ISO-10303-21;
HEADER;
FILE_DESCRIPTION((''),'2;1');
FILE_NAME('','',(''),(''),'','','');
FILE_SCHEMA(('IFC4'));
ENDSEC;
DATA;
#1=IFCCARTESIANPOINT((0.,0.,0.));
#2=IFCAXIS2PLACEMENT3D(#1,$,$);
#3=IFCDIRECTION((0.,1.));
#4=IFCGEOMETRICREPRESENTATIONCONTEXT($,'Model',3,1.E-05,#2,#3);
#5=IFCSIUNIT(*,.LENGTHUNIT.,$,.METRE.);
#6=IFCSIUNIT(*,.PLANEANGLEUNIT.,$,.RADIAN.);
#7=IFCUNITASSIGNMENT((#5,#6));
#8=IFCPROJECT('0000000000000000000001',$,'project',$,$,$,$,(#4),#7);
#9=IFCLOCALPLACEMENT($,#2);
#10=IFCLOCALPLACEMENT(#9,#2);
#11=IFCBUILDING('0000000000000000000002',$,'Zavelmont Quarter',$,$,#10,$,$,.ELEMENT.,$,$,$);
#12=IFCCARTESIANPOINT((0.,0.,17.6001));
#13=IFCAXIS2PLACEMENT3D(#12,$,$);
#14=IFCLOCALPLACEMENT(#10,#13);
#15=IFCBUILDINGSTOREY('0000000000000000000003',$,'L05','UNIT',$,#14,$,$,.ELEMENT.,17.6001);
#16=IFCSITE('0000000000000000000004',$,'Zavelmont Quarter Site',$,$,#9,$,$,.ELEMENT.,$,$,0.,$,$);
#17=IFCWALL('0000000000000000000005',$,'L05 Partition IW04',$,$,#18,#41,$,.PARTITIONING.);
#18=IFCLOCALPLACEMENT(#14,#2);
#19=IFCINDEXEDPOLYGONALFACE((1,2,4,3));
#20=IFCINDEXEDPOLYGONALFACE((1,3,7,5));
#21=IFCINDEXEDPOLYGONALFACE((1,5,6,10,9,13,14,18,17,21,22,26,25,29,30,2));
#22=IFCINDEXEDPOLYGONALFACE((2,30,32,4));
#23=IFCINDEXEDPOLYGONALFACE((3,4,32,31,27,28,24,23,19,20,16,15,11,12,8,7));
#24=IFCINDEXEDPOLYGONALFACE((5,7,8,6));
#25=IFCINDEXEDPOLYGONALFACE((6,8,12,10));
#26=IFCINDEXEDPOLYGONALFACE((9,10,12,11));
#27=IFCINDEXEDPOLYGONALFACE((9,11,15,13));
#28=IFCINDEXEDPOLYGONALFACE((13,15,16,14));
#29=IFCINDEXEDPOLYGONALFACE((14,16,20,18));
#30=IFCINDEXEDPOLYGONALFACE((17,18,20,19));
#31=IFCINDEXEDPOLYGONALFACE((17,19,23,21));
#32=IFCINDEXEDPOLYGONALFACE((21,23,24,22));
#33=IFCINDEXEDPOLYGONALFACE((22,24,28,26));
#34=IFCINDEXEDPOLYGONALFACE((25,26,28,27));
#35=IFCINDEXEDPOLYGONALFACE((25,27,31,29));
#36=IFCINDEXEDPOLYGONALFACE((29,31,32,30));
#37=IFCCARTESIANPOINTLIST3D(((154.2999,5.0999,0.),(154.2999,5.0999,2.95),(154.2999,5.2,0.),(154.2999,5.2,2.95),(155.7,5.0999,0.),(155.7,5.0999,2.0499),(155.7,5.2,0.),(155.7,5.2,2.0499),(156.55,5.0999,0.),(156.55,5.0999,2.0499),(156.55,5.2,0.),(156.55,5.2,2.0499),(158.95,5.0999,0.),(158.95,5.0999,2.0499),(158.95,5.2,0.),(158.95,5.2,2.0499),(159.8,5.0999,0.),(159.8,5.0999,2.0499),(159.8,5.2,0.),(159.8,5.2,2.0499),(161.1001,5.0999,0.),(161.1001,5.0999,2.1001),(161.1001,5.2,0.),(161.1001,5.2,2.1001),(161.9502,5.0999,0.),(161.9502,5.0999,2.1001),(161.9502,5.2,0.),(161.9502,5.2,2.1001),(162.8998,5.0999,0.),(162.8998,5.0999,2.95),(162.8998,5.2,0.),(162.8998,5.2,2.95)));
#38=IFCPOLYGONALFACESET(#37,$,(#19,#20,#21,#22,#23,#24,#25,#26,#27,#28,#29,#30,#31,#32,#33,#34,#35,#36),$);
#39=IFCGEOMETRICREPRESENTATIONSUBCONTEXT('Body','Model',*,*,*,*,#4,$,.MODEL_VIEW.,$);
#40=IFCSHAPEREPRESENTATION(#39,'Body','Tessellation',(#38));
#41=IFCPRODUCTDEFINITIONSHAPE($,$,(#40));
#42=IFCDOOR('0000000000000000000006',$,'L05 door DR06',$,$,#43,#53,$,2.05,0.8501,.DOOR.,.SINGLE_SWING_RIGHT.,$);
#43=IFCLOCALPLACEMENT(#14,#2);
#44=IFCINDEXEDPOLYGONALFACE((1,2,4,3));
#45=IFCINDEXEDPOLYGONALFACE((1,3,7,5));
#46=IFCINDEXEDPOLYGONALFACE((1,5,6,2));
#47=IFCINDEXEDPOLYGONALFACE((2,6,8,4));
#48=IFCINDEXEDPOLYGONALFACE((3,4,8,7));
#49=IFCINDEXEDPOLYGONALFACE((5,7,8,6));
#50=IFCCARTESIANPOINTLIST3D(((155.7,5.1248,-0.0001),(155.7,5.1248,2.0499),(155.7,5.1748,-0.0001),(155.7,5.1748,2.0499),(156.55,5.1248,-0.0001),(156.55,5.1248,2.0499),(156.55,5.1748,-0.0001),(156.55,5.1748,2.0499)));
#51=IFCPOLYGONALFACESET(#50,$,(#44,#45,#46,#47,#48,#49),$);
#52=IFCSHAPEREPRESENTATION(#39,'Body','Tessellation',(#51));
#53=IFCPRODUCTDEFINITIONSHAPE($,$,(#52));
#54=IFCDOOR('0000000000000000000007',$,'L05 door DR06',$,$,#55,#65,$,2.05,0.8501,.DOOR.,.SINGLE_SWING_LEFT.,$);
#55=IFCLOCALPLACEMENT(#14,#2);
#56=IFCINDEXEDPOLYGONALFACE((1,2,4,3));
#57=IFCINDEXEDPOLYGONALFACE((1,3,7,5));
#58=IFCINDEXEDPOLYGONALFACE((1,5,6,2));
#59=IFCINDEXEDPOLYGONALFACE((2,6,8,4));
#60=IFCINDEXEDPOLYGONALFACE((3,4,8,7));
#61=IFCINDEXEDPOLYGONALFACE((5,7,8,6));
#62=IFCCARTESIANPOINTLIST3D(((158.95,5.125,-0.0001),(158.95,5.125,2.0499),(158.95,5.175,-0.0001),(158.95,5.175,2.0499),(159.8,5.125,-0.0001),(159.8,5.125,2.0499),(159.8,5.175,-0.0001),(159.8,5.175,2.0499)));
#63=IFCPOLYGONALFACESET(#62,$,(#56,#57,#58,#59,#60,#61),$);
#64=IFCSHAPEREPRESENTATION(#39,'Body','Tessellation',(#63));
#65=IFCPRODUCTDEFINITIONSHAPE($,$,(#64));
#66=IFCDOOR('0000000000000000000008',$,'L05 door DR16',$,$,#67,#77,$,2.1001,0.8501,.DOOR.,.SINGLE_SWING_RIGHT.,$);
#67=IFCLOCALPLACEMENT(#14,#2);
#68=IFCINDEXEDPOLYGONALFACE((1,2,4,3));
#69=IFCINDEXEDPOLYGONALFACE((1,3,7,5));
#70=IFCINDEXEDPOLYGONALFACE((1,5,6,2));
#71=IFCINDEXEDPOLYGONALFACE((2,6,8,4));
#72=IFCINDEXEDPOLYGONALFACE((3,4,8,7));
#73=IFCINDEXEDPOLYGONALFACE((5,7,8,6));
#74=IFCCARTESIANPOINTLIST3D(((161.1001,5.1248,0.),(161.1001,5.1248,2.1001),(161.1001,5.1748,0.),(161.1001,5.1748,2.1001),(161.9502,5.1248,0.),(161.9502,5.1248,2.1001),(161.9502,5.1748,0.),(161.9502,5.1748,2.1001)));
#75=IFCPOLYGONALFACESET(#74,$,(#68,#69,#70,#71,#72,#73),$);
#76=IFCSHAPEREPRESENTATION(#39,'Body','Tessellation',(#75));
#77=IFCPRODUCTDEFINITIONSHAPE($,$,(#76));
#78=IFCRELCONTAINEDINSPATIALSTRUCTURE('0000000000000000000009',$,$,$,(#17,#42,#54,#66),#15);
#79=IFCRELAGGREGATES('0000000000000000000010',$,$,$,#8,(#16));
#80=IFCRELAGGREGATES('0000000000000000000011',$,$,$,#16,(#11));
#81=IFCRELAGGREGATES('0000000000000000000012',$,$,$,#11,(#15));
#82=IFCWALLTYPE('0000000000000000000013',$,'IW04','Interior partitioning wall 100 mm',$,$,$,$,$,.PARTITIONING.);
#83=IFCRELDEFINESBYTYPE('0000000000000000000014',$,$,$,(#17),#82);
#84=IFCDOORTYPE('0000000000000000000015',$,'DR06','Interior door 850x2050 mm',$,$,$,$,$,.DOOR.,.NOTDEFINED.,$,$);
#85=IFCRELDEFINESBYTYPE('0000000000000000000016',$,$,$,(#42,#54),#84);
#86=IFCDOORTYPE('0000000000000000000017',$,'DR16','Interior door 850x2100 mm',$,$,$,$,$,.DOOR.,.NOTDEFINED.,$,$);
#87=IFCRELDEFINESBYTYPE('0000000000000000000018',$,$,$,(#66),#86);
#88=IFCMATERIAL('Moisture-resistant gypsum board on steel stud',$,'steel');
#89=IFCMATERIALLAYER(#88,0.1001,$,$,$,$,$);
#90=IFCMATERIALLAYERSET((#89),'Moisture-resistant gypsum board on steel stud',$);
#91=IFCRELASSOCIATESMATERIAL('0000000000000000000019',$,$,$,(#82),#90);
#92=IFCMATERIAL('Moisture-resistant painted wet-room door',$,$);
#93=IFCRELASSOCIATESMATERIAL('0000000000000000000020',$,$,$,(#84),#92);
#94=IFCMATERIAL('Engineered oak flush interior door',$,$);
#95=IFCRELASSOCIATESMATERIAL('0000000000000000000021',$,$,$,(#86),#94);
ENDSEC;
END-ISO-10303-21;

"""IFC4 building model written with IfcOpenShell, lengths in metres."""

from ifc_helpers import new_model, si_unit, direction, frame, frame_2d, origin, origin_with_axes, place, context, subcontext, project, spatial, rectangle, extrude, material, layer, layer_set, type_object, element, fill, save


model = new_model("IFC4")

# Units and contexts
model_context = context("Model", 3, precision=1e-05, world=origin(), true_north=direction((0.0, 1.0)))
body_context = subcontext(model_context, "Body", "Model", "MODEL_VIEW")
ifc_project = project(units=[si_unit("LENGTHUNIT", "METRE"), si_unit("PLANEANGLEUNIT", "RADIAN")], contexts=[model_context])

# Site, building, storey
site_placement = place(None, origin())
site = spatial("IfcSite", under=ifc_project, at=site_placement, Name="Zavelmont Quarter Site", CompositionType="ELEMENT", RefElevation=0.0)
building_placement = place(site_placement, origin())
building = spatial("IfcBuilding", under=site, at=building_placement, Name="Zavelmont Quarter", CompositionType="ELEMENT")
storey_placement = place(building_placement, frame((0.0, 0.0, 17.6001)))
storey = spatial("IfcBuildingStorey", under=building, at=storey_placement, Name="L05", Description="UNIT", CompositionType="ELEMENT", Elevation=17.6001)

# Shared definitions
ifc_material_1 = material(Name="Engineered oak flush interior door")

# Shared definitions
ifc_material_2 = material(Name="Moisture-resistant gypsum board on steel stud", Category="steel")
ifc_layer_1 = layer(ifc_material_2, 0.1001)
ifc_layer_set_1 = layer_set([ifc_layer_1], Name="Moisture-resistant gypsum board on steel stud")
wall_type_1 = type_object("IfcWallType", Name="IW04", Description="Interior partitioning wall 100 mm", PredefinedType="PARTITIONING", material=ifc_layer_set_1)

# Wall, openings, doors
wall_1_placement = place(storey_placement, frame((154.3, 5.1499, 0.0), z_axis=(0.0, 0.0, 1.0), x_axis=(1.0, 0.0, 0.0)))
wall_1 = element("IfcWall", 1, at=wall_1_placement, inside=storey, type_object=wall_type_1, Name="L05 Partition IW04", PredefinedType="PARTITIONING", context=body_context, shape_type="SweptSolid", body=[
    extrude(rectangle(XDim=8.5999, YDim=0.1001, at=frame_2d((4.2998, 0.0))), origin(), (0.0, 0.0, 1.0), 2.95),
])
opening_1_placement = place(wall_1_placement, frame((1.3999, 0.0, 0.0)))
opening_1 = element("IfcOpeningElement", 2, at=opening_1_placement, cuts=wall_1, PredefinedType="OPENING", context=body_context, shape_type="SweptSolid", body=[
    extrude(rectangle(XDim=0.8501, YDim=2.05, at=frame_2d((0.425, 1.0249))), frame((0.0, 0.062, 0.0), z_axis=(0.0, -1.0, 0.0), x_axis=(1.0, 0.0, 0.0)), (0.0, 0.0, 1.0), 0.124),
])
opening_2_placement = place(wall_1_placement, frame((4.6499, 0.0, 0.0)))
opening_2 = element("IfcOpeningElement", 3, at=opening_2_placement, cuts=wall_1, PredefinedType="OPENING", context=body_context, shape_type="SweptSolid", body=[
    extrude(rectangle(XDim=0.8501, YDim=2.05, at=frame_2d((0.425, 1.0249))), frame((0.0, 0.062, 0.0), z_axis=(0.0, -1.0, 0.0), x_axis=(1.0, 0.0, 0.0)), (0.0, 0.0, 1.0), 0.124),
])
opening_3_placement = place(wall_1_placement, frame((6.8, 0.0, 0.0)))
opening_3 = element("IfcOpeningElement", 4, at=opening_3_placement, cuts=wall_1, PredefinedType="OPENING", context=body_context, shape_type="SweptSolid", body=[
    extrude(rectangle(XDim=0.8501, YDim=2.1001, at=frame_2d((0.425, 1.05))), frame((0.0, 0.062, 0.0), z_axis=(0.0, -1.0, 0.0), x_axis=(1.0, 0.0, 0.0)), (0.0, 0.0, 1.0), 0.124),
])
ifc_material_3 = material(Name="Moisture-resistant painted wet-room door")
door_type_1 = type_object("IfcDoorType", Name="DR06", Description="Interior door 850x2050 mm", OperationType="NOTDEFINED", PredefinedType="DOOR", material=ifc_material_3)
door_1_placement = place(opening_1_placement, origin_with_axes())
door_1 = element("IfcDoor", 5, at=door_1_placement, inside=storey, type_object=door_type_1, Name="L05 door DR06", OperationType="SINGLE_SWING_RIGHT", OverallHeight=2.05, OverallWidth=0.8501, PredefinedType="DOOR", context=body_context, shape_type="SweptSolid", body=[
    extrude(rectangle(XDim=0.8501, YDim=2.05, at=frame_2d((0.425, 1.0249))), frame((0.0, 0.0249, 0.0), z_axis=(0.0, -1.0, 0.0), x_axis=(1.0, 0.0, 0.0)), (0.0, 0.0, 1.0), 0.05),
])
fill(opening_1, door_1)
door_2_placement = place(opening_2_placement, frame((0.8501, 0.0, 0.0), z_axis=(0.0, 0.0, 1.0), x_axis=(-1.0, 0.0, 0.0)))
door_2 = element("IfcDoor", 6, at=door_2_placement, inside=storey, type_object=door_type_1, Name="L05 door DR06", OperationType="SINGLE_SWING_LEFT", OverallHeight=2.05, OverallWidth=0.8501, PredefinedType="DOOR", context=body_context, shape_type="SweptSolid", body=[
    extrude(rectangle(XDim=0.8501, YDim=2.05, at=frame_2d((0.425, 1.0249))), frame((0.0, 0.0249, 0.0), z_axis=(0.0, -1.0, 0.0), x_axis=(1.0, 0.0, 0.0)), (0.0, 0.0, 1.0), 0.05),
])
fill(opening_2, door_2)
door_type_2 = type_object("IfcDoorType", Name="DR16", Description="Interior door 850x2100 mm", OperationType="NOTDEFINED", PredefinedType="DOOR", material=ifc_material_1)
door_3_placement = place(opening_3_placement, origin_with_axes())
door_3 = element("IfcDoor", 7, at=door_3_placement, inside=storey, type_object=door_type_2, Name="L05 door DR16", OperationType="SINGLE_SWING_RIGHT", OverallHeight=2.1001, OverallWidth=0.8501, PredefinedType="DOOR", context=body_context, shape_type="SweptSolid", body=[
    extrude(rectangle(XDim=0.8501, YDim=2.1001, at=frame_2d((0.425, 1.05))), frame((0.0, 0.0249, 0.0), z_axis=(0.0, -1.0, 0.0), x_axis=(1.0, 0.0, 0.0)), (0.0, 0.0, 1.0), 0.05),
])
fill(opening_3, door_3)

save(model, "model.ifc")
